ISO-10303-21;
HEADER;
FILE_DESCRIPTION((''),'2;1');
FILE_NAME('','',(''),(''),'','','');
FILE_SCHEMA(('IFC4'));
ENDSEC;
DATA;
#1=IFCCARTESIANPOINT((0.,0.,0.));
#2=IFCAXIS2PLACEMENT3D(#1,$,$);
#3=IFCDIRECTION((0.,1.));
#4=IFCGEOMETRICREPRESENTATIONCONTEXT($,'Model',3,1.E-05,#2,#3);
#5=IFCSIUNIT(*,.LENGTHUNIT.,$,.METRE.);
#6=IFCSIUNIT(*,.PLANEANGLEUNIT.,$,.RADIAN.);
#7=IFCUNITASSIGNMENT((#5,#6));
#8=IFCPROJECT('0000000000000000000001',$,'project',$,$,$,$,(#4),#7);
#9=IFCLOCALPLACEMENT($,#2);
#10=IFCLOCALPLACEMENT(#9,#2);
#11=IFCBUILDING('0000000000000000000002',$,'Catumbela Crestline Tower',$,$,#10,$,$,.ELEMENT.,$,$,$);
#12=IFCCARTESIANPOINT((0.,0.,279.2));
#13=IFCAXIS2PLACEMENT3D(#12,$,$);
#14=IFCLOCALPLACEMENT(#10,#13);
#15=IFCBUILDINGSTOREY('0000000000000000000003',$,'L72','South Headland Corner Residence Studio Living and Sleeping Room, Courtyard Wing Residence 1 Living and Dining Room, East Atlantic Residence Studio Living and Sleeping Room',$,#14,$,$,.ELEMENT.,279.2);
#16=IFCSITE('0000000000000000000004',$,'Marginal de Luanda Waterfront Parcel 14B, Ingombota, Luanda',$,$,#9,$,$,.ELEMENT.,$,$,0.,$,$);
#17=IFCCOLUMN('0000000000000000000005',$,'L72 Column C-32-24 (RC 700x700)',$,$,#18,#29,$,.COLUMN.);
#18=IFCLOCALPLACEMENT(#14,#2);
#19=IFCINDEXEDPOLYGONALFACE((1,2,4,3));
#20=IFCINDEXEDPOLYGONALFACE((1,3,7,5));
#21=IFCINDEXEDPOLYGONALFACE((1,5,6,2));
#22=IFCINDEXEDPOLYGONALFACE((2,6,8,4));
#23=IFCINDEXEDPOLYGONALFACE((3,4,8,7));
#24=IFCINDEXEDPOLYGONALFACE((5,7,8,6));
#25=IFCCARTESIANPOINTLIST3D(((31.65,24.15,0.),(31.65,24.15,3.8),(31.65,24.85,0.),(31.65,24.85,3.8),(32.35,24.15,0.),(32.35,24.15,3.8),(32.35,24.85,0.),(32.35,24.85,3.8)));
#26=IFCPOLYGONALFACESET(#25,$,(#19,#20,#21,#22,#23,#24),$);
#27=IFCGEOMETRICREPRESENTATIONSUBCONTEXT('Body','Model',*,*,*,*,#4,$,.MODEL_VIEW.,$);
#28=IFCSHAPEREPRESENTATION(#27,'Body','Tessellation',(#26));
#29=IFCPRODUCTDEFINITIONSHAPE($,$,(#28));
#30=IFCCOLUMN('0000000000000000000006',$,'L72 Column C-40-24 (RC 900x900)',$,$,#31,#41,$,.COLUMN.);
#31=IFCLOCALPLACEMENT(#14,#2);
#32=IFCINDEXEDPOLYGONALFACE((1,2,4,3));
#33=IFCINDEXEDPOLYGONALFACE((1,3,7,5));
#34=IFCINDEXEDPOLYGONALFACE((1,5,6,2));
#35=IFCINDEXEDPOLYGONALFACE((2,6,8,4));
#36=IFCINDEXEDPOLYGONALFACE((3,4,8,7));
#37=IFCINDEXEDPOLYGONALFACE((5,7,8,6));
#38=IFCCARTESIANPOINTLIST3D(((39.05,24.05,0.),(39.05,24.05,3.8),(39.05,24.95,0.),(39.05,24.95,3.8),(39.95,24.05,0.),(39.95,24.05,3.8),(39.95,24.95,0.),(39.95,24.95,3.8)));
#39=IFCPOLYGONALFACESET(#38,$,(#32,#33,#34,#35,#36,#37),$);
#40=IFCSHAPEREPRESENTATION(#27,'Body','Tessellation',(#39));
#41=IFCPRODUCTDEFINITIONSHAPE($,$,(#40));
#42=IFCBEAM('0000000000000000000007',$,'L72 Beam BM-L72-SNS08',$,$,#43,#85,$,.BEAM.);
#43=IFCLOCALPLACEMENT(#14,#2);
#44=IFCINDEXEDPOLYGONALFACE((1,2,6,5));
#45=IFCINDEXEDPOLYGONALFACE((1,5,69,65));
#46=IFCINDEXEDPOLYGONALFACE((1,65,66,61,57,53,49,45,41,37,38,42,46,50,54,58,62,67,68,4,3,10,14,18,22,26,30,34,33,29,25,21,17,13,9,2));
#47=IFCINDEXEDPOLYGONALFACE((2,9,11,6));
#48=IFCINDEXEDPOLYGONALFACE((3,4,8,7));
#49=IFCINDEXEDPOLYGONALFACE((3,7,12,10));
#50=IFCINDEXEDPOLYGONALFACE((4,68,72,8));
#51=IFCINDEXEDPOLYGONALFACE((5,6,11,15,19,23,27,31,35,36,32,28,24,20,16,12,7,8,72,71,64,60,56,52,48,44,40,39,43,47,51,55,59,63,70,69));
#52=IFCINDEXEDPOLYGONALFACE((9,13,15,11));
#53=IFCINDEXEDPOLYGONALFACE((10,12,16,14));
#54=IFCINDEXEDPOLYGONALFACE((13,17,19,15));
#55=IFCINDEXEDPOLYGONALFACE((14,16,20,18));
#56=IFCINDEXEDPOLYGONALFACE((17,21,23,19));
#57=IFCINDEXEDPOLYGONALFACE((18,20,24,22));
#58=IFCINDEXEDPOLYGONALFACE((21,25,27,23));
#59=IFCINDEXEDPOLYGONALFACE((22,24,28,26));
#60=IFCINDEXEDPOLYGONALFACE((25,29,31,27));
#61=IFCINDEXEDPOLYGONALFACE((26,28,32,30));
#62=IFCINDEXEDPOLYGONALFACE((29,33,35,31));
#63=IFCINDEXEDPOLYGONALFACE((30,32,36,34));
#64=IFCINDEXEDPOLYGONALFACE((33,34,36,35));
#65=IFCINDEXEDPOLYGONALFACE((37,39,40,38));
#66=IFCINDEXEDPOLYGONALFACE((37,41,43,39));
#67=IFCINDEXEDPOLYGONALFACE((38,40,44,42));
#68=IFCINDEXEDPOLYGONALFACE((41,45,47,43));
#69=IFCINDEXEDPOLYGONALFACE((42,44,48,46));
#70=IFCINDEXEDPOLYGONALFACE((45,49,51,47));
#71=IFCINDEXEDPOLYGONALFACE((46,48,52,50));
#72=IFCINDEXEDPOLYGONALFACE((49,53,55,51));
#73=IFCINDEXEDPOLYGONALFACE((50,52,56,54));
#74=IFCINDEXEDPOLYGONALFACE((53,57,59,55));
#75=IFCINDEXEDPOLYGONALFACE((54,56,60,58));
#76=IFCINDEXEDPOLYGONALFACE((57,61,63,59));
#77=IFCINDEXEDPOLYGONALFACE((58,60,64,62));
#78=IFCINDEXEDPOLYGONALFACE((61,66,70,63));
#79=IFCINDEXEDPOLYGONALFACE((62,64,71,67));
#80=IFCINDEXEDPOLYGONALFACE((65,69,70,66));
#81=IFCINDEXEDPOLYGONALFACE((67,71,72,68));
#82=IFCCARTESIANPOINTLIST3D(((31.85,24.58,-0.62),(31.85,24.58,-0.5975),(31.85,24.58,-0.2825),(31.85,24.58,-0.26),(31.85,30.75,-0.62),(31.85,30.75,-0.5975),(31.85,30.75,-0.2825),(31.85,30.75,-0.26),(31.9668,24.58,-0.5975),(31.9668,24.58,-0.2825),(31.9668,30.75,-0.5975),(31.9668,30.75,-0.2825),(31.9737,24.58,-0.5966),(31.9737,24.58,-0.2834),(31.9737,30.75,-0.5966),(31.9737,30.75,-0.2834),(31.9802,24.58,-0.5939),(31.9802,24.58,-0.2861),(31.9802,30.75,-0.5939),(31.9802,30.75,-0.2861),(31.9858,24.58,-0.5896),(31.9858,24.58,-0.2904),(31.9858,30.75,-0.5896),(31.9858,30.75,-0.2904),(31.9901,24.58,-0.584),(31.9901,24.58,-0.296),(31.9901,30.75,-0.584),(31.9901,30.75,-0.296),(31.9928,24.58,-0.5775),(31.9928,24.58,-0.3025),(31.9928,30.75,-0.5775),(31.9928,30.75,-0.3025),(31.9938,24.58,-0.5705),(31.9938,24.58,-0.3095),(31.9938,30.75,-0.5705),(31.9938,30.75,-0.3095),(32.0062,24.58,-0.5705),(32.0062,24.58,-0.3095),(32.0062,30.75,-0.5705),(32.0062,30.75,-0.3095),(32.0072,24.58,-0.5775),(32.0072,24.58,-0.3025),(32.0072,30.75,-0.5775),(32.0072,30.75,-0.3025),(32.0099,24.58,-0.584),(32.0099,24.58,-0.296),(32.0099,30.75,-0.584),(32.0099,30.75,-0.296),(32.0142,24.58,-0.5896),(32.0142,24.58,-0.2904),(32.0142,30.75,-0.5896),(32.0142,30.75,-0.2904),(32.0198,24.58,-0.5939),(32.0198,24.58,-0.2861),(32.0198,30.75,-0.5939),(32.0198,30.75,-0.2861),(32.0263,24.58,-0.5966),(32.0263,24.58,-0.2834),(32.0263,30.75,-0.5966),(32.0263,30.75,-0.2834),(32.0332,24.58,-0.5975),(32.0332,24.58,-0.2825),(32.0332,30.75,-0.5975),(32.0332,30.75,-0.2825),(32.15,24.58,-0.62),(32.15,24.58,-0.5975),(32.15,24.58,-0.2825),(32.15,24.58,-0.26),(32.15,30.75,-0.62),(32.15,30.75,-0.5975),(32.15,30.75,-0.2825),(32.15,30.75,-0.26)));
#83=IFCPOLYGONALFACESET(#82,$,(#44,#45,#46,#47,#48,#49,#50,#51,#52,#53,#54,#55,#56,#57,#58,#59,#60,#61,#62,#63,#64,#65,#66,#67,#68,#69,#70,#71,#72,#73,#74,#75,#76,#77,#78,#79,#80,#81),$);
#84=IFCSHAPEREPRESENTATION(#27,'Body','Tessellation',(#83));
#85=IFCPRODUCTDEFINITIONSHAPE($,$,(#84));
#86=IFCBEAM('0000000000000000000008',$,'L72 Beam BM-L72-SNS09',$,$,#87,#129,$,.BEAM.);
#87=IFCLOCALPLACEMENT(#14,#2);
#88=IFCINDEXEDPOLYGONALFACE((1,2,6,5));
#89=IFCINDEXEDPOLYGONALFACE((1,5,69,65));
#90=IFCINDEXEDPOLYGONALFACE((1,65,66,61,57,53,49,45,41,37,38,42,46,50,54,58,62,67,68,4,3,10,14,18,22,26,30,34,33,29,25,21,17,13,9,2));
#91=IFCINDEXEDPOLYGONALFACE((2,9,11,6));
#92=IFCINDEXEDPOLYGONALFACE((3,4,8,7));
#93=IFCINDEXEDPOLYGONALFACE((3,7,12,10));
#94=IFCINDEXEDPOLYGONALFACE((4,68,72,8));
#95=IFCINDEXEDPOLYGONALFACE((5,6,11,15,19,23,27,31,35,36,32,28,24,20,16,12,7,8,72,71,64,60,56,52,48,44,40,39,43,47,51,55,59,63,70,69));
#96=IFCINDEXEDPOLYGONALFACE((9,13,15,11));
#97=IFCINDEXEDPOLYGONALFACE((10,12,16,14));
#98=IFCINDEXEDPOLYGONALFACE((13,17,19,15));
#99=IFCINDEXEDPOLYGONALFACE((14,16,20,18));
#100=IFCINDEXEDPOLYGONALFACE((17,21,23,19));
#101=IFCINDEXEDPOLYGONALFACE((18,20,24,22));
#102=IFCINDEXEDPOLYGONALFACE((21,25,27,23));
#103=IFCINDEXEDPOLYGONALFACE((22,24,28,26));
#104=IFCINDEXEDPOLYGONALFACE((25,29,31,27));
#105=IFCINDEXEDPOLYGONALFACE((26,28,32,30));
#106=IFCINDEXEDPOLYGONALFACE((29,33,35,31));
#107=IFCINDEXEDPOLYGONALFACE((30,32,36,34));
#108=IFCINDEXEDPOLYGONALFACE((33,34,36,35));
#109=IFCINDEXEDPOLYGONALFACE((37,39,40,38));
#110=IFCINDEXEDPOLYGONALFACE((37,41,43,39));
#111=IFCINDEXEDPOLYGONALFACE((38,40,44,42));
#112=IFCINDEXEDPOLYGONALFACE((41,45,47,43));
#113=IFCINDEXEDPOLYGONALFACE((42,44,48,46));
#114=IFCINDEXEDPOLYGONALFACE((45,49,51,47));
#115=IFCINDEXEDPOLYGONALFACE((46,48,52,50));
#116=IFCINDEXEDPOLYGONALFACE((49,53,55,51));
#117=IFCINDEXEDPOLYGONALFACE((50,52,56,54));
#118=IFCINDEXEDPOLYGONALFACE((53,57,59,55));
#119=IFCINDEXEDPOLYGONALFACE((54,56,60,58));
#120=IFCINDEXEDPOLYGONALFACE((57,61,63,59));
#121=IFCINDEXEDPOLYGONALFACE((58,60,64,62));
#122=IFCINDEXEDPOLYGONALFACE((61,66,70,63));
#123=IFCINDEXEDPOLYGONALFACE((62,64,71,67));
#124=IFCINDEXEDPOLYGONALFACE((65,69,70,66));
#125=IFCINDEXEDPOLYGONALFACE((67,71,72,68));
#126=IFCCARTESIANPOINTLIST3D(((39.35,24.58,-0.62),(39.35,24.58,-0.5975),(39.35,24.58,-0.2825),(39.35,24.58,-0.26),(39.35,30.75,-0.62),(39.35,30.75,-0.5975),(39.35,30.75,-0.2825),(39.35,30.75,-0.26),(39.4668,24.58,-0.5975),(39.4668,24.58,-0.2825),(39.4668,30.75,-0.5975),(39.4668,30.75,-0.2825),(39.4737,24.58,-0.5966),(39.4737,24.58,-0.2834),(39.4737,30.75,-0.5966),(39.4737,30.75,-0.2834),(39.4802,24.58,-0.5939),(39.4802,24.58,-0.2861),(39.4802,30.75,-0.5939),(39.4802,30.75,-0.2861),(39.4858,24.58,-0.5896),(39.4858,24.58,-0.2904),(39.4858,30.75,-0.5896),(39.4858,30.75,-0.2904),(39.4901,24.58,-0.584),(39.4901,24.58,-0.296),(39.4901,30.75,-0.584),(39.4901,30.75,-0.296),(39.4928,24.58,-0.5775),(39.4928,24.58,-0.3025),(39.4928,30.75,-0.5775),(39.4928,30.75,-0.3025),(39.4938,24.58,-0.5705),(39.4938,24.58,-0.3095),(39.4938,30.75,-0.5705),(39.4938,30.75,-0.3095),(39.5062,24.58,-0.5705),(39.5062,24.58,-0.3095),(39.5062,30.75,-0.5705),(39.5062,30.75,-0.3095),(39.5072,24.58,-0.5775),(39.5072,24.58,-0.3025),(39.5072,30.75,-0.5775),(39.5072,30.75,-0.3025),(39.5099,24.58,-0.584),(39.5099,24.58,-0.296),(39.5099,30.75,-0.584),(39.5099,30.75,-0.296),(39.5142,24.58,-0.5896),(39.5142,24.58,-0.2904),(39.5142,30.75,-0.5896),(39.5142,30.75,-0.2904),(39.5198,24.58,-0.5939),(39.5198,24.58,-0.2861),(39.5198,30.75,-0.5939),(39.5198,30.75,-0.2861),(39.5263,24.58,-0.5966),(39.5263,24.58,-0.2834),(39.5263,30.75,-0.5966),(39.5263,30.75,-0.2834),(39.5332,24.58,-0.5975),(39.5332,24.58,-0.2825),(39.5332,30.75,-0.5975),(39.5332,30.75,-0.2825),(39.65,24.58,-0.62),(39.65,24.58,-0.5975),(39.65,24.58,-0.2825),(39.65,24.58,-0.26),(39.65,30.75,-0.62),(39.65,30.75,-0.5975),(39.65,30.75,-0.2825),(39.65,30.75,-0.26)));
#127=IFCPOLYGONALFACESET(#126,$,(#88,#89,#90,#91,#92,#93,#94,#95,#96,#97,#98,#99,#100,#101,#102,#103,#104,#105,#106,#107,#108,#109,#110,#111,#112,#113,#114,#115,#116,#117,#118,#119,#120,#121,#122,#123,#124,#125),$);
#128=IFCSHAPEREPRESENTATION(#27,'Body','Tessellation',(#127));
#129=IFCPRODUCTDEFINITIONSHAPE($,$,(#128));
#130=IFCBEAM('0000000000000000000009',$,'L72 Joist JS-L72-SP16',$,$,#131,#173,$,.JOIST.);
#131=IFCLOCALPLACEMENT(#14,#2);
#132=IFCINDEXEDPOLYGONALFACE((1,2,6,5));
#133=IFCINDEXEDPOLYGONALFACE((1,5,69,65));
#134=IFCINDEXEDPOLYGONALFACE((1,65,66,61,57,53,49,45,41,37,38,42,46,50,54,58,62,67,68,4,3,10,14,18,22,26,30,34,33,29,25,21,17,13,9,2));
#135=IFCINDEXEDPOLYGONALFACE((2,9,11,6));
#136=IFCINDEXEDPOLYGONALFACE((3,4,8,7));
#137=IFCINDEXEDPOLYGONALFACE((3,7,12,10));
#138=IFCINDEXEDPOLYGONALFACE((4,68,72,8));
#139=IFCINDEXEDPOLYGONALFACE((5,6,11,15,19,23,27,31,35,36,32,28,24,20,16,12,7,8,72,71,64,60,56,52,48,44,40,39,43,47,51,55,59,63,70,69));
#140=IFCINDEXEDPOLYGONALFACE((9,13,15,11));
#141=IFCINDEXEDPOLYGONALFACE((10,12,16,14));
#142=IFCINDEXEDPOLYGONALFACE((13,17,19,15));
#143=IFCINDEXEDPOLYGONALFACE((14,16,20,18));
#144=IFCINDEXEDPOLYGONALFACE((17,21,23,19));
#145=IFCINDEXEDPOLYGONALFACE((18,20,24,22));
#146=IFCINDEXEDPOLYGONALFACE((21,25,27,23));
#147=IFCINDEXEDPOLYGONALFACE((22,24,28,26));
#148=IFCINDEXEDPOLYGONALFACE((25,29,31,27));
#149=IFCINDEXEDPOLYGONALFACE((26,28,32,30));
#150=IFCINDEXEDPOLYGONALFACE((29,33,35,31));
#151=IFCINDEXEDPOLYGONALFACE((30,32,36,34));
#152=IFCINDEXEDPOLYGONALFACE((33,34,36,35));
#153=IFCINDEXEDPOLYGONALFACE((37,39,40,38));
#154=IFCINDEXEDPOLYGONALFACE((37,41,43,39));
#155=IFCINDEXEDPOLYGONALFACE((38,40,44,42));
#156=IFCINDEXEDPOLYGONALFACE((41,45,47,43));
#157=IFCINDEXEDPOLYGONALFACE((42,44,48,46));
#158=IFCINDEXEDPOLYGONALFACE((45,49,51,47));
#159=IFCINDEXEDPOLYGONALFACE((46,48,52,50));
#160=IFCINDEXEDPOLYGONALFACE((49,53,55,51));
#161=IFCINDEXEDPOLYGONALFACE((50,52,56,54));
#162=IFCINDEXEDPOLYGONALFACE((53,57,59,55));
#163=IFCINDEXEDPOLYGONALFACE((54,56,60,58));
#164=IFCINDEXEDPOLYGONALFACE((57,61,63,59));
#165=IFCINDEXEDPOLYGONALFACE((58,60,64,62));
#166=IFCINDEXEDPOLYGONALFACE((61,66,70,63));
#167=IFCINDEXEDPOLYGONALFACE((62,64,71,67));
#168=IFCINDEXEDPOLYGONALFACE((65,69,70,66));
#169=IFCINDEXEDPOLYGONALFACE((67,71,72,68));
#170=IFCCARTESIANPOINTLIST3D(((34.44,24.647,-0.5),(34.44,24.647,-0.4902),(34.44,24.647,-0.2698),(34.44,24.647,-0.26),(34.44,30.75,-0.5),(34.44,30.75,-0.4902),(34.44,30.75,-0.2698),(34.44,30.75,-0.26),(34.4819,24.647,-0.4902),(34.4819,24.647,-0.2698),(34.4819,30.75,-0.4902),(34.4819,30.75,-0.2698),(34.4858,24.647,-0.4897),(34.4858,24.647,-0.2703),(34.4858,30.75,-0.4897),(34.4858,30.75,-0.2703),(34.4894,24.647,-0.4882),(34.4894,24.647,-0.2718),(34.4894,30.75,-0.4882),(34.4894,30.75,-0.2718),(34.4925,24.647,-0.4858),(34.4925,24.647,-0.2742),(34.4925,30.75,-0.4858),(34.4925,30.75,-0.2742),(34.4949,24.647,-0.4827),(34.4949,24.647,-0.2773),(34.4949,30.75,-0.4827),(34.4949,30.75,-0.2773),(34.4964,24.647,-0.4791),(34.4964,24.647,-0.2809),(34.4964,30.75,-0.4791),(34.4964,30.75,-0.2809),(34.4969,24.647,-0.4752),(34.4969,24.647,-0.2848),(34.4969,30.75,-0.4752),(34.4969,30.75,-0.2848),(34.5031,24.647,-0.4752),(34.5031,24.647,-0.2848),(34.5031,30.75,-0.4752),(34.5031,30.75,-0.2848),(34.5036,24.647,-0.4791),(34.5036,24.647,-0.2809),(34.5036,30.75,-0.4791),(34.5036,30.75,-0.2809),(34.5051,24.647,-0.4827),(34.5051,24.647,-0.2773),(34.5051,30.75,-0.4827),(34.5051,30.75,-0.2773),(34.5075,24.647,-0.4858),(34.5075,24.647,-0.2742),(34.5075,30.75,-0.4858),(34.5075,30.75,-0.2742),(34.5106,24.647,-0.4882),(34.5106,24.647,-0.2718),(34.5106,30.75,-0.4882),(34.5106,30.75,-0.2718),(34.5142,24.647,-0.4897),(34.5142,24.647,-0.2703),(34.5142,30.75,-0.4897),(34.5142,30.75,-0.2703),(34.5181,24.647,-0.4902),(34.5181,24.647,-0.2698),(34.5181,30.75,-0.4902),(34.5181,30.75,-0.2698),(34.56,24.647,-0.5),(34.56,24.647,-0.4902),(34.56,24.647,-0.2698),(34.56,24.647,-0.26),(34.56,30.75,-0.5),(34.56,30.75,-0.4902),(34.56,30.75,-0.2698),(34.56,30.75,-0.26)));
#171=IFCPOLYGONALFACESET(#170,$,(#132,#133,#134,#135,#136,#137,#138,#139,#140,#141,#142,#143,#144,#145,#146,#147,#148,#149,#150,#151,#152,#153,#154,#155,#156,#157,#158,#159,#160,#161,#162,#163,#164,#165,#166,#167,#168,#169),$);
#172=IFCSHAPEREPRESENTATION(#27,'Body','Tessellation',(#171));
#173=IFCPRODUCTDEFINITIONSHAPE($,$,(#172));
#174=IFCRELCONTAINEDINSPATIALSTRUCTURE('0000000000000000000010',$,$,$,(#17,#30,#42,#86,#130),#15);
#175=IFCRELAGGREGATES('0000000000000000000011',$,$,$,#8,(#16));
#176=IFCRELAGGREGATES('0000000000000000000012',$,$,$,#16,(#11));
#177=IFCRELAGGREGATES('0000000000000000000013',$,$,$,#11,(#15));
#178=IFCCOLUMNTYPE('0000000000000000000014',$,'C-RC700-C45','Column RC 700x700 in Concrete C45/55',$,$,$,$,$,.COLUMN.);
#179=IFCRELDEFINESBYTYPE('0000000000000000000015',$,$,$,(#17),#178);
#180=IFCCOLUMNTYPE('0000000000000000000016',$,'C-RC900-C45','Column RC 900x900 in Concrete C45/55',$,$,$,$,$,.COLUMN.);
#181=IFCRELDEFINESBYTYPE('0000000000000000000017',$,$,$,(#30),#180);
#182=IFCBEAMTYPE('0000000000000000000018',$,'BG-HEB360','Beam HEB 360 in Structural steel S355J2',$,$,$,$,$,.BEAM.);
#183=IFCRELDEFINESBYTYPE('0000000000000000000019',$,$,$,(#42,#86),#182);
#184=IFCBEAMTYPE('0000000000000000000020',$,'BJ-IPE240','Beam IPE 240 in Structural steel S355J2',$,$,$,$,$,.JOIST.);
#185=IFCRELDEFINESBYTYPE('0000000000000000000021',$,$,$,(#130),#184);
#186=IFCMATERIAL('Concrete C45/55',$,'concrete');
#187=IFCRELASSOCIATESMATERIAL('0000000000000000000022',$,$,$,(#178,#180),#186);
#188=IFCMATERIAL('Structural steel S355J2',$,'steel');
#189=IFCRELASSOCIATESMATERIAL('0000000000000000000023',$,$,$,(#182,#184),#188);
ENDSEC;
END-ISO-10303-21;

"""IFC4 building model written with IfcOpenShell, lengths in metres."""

from ifc_helpers import new_model, si_unit, direction, frame, origin, origin_2d, place, context, subcontext, project, spatial, rectangle, i_section, extrude, material, material_profile, profile_set, type_object, element, save


model = new_model("IFC4")

# Units and contexts
model_context = context("Model", 3, precision=1e-05, world=origin(), true_north=direction((0.0, 1.0)))
body_context = subcontext(model_context, "Body", "Model", "MODEL_VIEW")
ifc_project = project(units=[si_unit("LENGTHUNIT", "METRE"), si_unit("PLANEANGLEUNIT", "RADIAN")], contexts=[model_context])

# Site, building, storey
site_placement = place(None, origin())
site = spatial("IfcSite", under=ifc_project, at=site_placement, Name="Marginal de Luanda Waterfront Parcel 14B, Ingombota, Luanda", CompositionType="ELEMENT", RefElevation=0.0)
building_placement = place(site_placement, origin())
building = spatial("IfcBuilding", under=site, at=building_placement, Name="Catumbela Crestline Tower", CompositionType="ELEMENT")
storey_placement = place(building_placement, frame((0.0, 0.0, 279.2)))
storey = spatial("IfcBuildingStorey", under=building, at=storey_placement, Name="L72", Description="South Headland Corner Residence Studio Living and Sleeping Room, Courtyard Wing Residence 1 Living and Dining Room, East Atlantic Residence Studio Living and Sleeping Room", CompositionType="ELEMENT", Elevation=279.2)

# Columns
ifc_material_1 = material(Name="Concrete C45/55", Category="concrete")
ifc_material_profile_1 = material_profile(ifc_material_1, rectangle(XDim=0.7, YDim=0.7, at=origin_2d()), Name="RC 700x700")
ifc_profile_set_1 = profile_set([ifc_material_profile_1], Name="Concrete C45/55")
column_type_1 = type_object("IfcColumnType", Name="C-RC700-C45", Description="Column RC 700x700 in Concrete C45/55", PredefinedType="COLUMN", material=ifc_profile_set_1)
column_1_placement = place(storey_placement, frame((32.0, 24.5, 0.0), z_axis=(0.0, 0.0, 1.0), x_axis=(1.0, 0.0, 0.0)))
element("IfcColumn", 1, at=column_1_placement, inside=storey, type_object=column_type_1, Name="L72 Column C-32-24 (RC 700x700)", PredefinedType="COLUMN", context=body_context, shape_type="SweptSolid", body=[
    extrude(rectangle(XDim=0.7, YDim=0.7, at=origin_2d()), origin(), (0.0, 0.0, 1.0), 3.8),
])
ifc_material_profile_2 = material_profile(ifc_material_1, rectangle(XDim=0.9, YDim=0.9, at=origin_2d()), Name="RC 900x900")
ifc_profile_set_2 = profile_set([ifc_material_profile_2], Name="Concrete C45/55")
column_type_2 = type_object("IfcColumnType", Name="C-RC900-C45", Description="Column RC 900x900 in Concrete C45/55", PredefinedType="COLUMN", material=ifc_profile_set_2)
column_2_placement = place(storey_placement, frame((39.5, 24.5, 0.0), z_axis=(0.0, 0.0, 1.0), x_axis=(1.0, 0.0, 0.0)))
element("IfcColumn", 2, at=column_2_placement, inside=storey, type_object=column_type_2, Name="L72 Column C-40-24 (RC 900x900)", PredefinedType="COLUMN", context=body_context, shape_type="SweptSolid", body=[
    extrude(rectangle(XDim=0.9, YDim=0.9, at=origin_2d()), origin(), (0.0, 0.0, 1.0), 3.8),
])

# Beams
ifc_material_2 = material(Name="Structural steel S355J2", Category="steel")
ifc_material_profile_3 = material_profile(ifc_material_2, i_section(OverallWidth=0.3, OverallDepth=0.36, WebThickness=0.0125, FlangeThickness=0.0225, FilletRadius=0.027, at=origin_2d()), Name="HEB 360")
ifc_profile_set_3 = profile_set([ifc_material_profile_3], Name="Structural steel S355J2")
beam_type_1 = type_object("IfcBeamType", Name="BG-HEB360", Description="Beam HEB 360 in Structural steel S355J2", PredefinedType="BEAM", material=ifc_profile_set_3)
for number, where, z_axis, x_axis, name in (
    (3, (32.0, 24.58, -0.44), (0.0, 1.0, 0.0), (-1.0, 0.0, 0.0), "L72 Beam BM-L72-SNS08"),
    (4, (39.5, 24.58, -0.44), (0.0, 1.0, 0.0), (-1.0, 0.0, 0.0), "L72 Beam BM-L72-SNS09"),
):
    element("IfcBeam", number, at=place(storey_placement, frame(where, z_axis=z_axis, x_axis=x_axis)), inside=storey, type_object=beam_type_1, Name=name, PredefinedType="BEAM", context=body_context, shape_type="SweptSolid", body=[
        extrude(i_section(OverallWidth=0.3, OverallDepth=0.36, WebThickness=0.0125, FlangeThickness=0.0225, FilletRadius=0.027, at=origin_2d()), origin(), (0.0, 0.0, 1.0), 6.17),
    ])
ifc_material_profile_4 = material_profile(ifc_material_2, i_section(OverallWidth=0.12, OverallDepth=0.24, WebThickness=0.0062, FlangeThickness=0.0098, FilletRadius=0.015, at=origin_2d()), Name="IPE 240")
ifc_profile_set_4 = profile_set([ifc_material_profile_4], Name="Structural steel S355J2")
beam_type_2 = type_object("IfcBeamType", Name="BJ-IPE240", Description="Beam IPE 240 in Structural steel S355J2", PredefinedType="JOIST", material=ifc_profile_set_4)
for number, where, z_axis, x_axis, name in (
    (5, (34.5, 24.647, -0.38), (0.0, 1.0, 0.0), (-1.0, 0.0, 0.0), "L72 Joist JS-L72-SP16"),
):
    element("IfcBeam", number, at=place(storey_placement, frame(where, z_axis=z_axis, x_axis=x_axis)), inside=storey, type_object=beam_type_2, Name=name, PredefinedType="JOIST", context=body_context, shape_type="SweptSolid", body=[
        extrude(i_section(OverallWidth=0.12, OverallDepth=0.24, WebThickness=0.0062, FlangeThickness=0.0098, FilletRadius=0.015, at=origin_2d()), origin(), (0.0, 0.0, 1.0), 6.103),
    ])

save(model, "model.ifc")
